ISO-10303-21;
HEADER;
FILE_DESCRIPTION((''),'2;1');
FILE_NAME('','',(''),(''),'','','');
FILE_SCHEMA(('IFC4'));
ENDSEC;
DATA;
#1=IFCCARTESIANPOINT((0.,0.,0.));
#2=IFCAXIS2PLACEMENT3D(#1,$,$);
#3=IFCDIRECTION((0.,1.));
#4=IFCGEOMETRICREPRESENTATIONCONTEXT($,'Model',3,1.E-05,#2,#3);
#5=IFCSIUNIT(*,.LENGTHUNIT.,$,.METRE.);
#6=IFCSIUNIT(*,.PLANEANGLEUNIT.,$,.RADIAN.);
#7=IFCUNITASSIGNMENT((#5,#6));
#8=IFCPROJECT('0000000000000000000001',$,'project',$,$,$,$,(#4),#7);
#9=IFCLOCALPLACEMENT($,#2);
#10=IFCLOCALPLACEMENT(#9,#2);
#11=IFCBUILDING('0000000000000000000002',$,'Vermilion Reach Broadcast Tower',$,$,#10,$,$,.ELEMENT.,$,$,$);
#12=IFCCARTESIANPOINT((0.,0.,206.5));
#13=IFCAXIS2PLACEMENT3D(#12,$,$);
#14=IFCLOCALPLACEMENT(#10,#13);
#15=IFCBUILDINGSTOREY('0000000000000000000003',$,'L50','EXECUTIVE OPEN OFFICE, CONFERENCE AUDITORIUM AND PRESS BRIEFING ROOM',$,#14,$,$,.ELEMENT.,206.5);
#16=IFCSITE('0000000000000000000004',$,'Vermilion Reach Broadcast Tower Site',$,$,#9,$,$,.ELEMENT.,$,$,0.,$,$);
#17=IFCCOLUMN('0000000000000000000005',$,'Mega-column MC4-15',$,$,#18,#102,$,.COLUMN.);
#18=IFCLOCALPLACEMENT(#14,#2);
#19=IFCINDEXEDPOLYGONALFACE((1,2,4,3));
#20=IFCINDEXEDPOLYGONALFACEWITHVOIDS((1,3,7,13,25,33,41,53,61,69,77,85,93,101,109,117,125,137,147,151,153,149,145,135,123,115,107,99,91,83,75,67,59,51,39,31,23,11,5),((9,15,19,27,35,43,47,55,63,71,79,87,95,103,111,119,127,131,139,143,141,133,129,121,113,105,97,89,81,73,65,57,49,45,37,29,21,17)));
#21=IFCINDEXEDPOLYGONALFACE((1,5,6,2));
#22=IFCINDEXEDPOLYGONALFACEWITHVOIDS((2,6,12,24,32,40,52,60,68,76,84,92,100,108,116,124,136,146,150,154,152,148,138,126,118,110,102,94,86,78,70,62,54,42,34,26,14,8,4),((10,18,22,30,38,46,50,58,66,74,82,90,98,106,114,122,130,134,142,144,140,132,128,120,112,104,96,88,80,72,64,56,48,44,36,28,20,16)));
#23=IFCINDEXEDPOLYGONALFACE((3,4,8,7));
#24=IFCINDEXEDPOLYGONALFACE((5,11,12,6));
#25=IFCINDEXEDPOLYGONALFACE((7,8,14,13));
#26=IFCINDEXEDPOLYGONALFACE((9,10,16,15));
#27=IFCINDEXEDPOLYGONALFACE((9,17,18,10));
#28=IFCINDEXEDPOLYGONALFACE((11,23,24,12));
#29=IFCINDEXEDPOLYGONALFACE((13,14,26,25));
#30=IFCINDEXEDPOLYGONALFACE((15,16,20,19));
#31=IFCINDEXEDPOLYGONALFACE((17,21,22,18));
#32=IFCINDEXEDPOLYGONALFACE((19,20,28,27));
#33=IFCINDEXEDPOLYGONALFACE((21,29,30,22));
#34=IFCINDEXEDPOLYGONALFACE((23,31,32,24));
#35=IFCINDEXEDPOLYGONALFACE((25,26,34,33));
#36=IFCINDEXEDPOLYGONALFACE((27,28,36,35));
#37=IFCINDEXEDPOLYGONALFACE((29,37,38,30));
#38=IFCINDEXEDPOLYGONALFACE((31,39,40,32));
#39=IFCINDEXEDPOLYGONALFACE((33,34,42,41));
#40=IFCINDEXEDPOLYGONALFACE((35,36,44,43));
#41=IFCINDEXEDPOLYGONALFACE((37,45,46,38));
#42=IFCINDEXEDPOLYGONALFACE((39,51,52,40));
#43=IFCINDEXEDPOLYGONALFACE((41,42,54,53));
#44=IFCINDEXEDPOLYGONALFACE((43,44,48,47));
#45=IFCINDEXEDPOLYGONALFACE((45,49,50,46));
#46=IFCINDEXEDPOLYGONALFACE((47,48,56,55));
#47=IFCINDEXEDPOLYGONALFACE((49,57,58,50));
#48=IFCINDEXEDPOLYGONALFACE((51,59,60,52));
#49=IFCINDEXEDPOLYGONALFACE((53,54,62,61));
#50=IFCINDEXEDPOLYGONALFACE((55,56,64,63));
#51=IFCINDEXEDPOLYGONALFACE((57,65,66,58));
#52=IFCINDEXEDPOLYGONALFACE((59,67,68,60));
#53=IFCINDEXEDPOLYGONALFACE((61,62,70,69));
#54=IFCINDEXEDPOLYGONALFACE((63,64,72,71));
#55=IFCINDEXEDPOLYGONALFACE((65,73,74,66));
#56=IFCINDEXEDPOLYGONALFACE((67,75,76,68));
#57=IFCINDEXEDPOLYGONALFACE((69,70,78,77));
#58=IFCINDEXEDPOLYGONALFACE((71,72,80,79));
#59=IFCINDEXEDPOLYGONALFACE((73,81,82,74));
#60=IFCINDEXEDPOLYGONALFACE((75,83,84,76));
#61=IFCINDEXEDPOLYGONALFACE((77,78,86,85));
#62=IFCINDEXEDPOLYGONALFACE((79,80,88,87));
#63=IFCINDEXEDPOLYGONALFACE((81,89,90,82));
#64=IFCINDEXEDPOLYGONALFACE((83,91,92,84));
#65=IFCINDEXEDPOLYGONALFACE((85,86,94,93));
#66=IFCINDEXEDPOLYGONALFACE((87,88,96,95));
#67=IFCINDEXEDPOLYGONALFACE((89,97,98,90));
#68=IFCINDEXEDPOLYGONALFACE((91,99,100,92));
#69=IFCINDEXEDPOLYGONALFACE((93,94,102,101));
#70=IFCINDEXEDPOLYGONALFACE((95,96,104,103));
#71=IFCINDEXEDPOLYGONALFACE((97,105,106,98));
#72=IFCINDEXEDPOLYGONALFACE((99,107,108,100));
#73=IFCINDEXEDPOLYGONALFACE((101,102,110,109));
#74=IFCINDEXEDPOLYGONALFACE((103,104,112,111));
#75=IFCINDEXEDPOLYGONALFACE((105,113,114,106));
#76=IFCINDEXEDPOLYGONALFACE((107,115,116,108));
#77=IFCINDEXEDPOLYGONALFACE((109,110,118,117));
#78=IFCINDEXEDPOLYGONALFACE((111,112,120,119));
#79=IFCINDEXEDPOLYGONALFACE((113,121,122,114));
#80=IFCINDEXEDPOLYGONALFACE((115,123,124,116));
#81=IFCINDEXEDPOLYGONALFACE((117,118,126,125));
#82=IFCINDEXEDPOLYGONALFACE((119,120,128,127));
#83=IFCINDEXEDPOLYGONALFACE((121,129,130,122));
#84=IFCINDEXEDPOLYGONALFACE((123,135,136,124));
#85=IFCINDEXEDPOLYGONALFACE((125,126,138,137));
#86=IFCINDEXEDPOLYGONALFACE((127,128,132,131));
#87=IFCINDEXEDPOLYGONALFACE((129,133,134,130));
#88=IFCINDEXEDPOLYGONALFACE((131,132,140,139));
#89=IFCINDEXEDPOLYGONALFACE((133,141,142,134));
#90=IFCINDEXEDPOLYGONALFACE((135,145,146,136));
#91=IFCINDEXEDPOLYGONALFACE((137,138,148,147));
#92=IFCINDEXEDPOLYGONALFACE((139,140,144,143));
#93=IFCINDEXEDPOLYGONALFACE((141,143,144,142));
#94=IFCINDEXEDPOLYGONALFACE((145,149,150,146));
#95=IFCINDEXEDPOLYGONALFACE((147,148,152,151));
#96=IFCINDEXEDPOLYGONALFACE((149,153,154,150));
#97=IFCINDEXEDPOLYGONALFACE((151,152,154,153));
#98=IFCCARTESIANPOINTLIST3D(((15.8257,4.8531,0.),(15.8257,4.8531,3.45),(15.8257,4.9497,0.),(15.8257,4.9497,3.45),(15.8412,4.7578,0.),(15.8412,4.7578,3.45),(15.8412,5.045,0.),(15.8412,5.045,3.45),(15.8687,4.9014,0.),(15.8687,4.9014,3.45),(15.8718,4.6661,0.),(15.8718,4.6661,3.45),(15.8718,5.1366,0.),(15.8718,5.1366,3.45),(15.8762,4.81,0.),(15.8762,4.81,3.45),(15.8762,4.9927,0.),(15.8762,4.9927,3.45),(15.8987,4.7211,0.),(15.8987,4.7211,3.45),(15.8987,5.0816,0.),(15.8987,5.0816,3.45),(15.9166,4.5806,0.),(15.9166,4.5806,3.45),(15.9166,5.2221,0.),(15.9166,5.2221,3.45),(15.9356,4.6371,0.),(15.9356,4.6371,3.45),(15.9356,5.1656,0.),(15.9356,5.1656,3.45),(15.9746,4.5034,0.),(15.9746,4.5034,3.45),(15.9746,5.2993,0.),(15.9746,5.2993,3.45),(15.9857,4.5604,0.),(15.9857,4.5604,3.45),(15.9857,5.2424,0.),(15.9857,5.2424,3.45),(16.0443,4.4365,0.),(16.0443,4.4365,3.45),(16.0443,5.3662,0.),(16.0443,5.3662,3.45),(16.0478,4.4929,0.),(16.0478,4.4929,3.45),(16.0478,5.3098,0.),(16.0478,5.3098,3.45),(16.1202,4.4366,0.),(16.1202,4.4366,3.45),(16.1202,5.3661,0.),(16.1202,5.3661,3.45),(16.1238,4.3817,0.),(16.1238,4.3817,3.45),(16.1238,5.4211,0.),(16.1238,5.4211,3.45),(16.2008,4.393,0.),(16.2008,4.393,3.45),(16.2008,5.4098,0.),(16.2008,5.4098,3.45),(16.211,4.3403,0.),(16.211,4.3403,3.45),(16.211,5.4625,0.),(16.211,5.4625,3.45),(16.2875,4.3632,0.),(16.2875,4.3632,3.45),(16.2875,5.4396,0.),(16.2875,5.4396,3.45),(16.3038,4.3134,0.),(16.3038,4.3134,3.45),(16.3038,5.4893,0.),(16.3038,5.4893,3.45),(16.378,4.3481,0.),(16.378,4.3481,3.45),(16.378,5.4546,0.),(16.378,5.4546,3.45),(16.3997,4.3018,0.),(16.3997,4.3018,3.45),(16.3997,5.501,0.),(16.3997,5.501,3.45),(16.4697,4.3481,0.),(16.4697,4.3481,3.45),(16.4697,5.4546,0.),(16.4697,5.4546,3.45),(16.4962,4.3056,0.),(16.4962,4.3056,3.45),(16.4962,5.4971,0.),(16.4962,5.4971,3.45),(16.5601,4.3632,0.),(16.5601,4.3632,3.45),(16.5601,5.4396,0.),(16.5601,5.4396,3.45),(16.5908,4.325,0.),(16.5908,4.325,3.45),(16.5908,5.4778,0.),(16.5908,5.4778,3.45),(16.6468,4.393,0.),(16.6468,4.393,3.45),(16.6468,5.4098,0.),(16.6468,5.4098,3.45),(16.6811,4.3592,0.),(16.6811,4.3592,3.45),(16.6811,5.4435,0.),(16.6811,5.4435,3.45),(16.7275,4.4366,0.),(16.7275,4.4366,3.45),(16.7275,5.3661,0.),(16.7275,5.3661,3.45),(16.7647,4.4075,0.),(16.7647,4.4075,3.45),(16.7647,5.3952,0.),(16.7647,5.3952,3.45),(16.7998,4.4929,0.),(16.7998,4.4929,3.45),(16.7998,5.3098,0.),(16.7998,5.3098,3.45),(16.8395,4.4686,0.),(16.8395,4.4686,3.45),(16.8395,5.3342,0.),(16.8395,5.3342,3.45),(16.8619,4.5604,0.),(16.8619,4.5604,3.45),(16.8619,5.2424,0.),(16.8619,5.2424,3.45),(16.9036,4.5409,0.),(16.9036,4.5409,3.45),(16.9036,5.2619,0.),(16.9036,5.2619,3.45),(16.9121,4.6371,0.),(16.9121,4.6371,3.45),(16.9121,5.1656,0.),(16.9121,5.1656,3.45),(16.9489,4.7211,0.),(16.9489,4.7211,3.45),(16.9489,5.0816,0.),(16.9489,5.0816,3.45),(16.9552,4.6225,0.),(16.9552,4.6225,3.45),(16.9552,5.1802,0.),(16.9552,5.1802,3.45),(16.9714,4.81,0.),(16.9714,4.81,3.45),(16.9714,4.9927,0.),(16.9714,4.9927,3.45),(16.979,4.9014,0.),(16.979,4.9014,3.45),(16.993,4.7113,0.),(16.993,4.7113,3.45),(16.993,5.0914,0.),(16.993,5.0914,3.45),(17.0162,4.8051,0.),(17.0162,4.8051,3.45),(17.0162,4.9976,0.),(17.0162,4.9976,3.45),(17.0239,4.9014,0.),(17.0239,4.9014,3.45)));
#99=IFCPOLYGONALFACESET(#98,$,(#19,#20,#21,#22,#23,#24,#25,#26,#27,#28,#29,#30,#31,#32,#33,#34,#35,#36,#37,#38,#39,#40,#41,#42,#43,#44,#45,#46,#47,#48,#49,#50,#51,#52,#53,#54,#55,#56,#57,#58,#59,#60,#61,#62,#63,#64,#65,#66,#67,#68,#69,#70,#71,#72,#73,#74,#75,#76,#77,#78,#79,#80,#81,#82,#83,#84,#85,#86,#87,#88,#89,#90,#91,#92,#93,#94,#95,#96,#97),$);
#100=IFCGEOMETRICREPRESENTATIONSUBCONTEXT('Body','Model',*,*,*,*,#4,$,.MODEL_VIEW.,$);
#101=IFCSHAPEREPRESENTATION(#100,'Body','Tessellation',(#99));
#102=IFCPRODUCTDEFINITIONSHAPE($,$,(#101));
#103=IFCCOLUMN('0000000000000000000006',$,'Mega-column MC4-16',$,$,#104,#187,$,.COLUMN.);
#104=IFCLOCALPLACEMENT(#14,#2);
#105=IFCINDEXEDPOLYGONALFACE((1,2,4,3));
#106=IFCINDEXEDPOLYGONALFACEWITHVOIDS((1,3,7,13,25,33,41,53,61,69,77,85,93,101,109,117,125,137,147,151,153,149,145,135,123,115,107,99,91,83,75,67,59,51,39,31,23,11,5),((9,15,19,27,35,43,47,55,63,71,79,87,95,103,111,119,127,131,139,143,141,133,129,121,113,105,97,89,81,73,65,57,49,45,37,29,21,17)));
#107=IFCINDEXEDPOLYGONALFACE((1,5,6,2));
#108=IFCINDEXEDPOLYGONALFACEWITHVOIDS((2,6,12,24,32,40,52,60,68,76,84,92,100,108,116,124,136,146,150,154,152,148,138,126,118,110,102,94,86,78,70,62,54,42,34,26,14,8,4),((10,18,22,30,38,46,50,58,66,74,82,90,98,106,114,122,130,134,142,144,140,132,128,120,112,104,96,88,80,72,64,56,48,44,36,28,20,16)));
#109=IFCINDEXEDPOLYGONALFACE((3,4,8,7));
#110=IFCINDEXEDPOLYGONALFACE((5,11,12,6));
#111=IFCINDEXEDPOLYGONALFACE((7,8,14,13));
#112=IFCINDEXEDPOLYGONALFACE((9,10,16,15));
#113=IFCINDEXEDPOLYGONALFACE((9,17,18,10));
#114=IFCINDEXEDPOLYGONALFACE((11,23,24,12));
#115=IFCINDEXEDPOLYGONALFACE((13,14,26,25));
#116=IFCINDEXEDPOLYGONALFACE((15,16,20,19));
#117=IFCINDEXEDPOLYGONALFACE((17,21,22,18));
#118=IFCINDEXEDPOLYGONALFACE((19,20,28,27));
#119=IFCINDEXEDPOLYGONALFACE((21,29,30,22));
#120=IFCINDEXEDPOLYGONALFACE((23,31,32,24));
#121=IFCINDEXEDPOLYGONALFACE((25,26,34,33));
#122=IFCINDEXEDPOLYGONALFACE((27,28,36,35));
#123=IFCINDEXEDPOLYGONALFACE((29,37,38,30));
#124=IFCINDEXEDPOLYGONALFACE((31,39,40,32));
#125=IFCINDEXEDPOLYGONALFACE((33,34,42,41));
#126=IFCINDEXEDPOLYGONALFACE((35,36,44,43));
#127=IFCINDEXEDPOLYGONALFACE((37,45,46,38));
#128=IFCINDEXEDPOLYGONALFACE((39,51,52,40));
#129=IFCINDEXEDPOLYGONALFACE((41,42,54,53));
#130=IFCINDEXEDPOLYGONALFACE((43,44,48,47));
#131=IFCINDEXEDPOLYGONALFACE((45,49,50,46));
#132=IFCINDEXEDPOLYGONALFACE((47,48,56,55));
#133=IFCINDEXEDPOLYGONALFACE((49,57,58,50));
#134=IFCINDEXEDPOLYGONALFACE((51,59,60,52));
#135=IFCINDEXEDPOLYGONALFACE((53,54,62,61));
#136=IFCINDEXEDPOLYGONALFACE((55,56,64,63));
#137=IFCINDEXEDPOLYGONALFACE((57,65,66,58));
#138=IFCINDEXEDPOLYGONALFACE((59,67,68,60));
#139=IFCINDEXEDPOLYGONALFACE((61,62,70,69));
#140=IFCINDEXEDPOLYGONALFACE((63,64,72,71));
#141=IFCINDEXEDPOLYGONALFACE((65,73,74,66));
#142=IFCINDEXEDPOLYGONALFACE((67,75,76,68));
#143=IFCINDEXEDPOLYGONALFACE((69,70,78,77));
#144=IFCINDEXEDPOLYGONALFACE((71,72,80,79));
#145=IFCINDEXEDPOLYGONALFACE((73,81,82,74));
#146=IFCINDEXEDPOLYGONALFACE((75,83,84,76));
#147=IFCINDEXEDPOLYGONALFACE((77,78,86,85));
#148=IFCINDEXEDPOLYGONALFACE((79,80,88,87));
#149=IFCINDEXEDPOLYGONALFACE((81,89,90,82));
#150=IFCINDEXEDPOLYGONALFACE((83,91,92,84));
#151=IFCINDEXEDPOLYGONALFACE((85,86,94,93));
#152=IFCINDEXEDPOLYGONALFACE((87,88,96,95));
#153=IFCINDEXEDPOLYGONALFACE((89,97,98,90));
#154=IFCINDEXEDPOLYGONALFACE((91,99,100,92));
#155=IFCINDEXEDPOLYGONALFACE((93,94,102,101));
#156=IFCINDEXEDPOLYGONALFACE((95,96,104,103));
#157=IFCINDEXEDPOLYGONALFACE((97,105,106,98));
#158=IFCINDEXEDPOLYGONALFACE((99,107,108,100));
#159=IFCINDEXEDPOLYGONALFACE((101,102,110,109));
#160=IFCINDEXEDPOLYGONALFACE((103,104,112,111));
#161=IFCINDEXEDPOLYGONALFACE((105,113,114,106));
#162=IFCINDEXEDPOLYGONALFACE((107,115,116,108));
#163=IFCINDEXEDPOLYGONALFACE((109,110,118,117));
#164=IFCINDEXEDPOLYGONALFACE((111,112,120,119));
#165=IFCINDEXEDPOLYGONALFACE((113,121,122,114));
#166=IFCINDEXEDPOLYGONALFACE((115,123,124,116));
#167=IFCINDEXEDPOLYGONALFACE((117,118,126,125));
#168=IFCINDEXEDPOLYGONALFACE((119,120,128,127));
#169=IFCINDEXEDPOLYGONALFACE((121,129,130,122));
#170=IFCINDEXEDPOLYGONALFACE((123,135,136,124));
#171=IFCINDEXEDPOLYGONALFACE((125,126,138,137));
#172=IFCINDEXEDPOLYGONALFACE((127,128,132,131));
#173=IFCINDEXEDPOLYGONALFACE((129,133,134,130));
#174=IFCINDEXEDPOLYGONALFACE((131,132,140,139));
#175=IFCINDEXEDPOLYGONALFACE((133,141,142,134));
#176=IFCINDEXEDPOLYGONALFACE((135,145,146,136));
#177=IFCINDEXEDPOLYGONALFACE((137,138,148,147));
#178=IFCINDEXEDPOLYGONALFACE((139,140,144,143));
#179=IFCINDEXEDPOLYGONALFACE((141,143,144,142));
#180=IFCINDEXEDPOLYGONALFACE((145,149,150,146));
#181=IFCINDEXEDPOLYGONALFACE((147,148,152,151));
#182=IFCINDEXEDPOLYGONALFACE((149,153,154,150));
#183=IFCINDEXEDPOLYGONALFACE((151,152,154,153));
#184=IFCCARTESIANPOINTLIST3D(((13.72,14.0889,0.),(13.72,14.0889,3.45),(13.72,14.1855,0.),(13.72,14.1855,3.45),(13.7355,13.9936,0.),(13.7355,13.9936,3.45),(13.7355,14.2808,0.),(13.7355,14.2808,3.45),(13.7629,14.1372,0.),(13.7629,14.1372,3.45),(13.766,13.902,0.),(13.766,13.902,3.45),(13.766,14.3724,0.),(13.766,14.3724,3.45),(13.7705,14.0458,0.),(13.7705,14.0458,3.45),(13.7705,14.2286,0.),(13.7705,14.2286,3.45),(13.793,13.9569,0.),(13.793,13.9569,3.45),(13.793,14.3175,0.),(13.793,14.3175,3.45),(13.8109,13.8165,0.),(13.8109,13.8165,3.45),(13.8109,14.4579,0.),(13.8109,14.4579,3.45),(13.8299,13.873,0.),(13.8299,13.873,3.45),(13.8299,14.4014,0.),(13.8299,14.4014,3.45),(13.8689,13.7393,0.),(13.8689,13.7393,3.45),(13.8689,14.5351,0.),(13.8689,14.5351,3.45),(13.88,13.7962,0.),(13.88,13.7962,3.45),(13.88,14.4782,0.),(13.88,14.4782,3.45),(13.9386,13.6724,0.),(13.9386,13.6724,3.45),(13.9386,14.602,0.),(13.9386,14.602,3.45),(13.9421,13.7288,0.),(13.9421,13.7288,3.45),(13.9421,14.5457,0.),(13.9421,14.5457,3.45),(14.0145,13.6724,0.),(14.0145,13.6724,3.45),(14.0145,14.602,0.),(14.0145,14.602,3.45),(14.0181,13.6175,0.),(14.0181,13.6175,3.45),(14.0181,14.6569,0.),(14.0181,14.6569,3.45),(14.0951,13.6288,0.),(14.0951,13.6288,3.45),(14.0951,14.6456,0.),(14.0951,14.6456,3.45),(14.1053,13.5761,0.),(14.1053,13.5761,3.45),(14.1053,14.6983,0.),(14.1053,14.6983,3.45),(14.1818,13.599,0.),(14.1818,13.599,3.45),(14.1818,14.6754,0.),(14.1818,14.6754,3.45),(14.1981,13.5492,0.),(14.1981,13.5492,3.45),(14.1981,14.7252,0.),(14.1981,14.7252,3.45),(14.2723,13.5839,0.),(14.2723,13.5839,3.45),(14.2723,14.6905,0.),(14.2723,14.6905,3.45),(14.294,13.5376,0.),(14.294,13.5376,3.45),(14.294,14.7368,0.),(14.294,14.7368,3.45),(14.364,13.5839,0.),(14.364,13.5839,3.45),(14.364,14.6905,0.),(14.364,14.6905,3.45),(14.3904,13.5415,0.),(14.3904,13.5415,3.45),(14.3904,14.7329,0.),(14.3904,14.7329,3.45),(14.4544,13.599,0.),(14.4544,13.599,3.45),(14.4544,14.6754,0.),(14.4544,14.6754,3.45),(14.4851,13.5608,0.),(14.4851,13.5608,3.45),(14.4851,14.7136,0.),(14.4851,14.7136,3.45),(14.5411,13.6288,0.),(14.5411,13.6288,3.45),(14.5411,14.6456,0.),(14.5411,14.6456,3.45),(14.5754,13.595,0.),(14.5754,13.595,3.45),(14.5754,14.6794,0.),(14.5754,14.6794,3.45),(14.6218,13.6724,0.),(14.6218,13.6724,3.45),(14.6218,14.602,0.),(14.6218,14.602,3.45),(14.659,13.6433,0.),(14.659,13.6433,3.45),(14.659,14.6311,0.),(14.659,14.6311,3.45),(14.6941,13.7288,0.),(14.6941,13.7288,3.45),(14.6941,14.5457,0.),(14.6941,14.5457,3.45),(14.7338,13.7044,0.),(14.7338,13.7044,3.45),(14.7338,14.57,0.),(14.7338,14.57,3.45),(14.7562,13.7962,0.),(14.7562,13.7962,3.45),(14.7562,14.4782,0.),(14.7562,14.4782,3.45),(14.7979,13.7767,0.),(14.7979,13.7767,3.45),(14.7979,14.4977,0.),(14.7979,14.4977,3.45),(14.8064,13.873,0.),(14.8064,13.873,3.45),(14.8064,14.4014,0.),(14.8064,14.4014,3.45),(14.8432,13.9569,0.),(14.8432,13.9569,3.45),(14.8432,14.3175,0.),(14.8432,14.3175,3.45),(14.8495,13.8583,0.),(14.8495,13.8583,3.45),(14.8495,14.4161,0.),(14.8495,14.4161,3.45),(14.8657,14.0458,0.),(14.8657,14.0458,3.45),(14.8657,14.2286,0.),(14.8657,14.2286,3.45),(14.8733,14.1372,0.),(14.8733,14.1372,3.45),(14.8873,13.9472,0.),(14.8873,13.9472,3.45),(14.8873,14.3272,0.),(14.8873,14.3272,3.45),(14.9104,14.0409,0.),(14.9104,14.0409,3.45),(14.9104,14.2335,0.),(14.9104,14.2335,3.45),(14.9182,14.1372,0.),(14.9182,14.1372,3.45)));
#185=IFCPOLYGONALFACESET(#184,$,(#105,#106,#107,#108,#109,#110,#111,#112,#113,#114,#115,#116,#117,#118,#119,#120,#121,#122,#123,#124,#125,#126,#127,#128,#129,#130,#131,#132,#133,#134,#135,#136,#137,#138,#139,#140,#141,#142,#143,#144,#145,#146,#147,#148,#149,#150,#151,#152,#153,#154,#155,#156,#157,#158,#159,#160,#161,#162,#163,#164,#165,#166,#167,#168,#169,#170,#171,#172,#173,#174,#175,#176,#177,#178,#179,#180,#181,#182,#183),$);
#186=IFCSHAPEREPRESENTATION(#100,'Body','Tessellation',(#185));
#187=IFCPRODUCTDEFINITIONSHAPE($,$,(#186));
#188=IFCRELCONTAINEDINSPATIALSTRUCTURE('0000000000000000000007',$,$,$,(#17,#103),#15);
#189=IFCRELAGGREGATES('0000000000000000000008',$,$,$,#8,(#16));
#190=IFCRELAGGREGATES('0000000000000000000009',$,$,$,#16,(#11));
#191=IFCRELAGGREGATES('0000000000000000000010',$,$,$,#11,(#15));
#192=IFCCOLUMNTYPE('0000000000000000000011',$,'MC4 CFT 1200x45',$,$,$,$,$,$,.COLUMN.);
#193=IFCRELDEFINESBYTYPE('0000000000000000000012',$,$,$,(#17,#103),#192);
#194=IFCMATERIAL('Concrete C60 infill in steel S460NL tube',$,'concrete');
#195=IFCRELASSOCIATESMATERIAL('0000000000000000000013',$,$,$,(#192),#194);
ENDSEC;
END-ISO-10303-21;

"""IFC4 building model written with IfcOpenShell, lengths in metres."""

from ifc_helpers import new_model, si_unit, direction, frame, origin, origin_2d, place, context, subcontext, project, spatial, hollow_circle, extrude, material, material_profile, profile_set, type_object, element, save


model = new_model("IFC4")

# Units and contexts
model_context = context("Model", 3, precision=1e-05, world=origin(), true_north=direction((0.0, 1.0)))
body_context = subcontext(model_context, "Body", "Model", "MODEL_VIEW")
ifc_project = project(units=[si_unit("LENGTHUNIT", "METRE"), si_unit("PLANEANGLEUNIT", "RADIAN")], contexts=[model_context])

# Site, building, storey
site_placement = place(None, origin())
site = spatial("IfcSite", under=ifc_project, at=site_placement, Name="Vermilion Reach Broadcast Tower Site", CompositionType="ELEMENT", RefElevation=0.0)
building_placement = place(site_placement, origin())
building = spatial("IfcBuilding", under=site, at=building_placement, Name="Vermilion Reach Broadcast Tower", CompositionType="ELEMENT")
storey_placement = place(building_placement, frame((0.0, 0.0, 206.5)))
storey = spatial("IfcBuildingStorey", under=building, at=storey_placement, Name="L50", Description="EXECUTIVE OPEN OFFICE, CONFERENCE AUDITORIUM AND PRESS BRIEFING ROOM", CompositionType="ELEMENT", Elevation=206.5)

# Columns
ifc_material_1 = material(Name="Concrete C60 infill in steel S460NL tube", Category="concrete")
ifc_material_profile_1 = material_profile(ifc_material_1, hollow_circle(Radius=0.6001, WallThickness=0.0449, at=origin_2d()), Name="Concrete C60 infill in steel S460NL tube CFT 1200x45")
ifc_profile_set_1 = profile_set([ifc_material_profile_1], Name="Concrete C60 infill in steel S460NL tube")
column_type = type_object("IfcColumnType", Name="MC4 CFT 1200x45", PredefinedType="COLUMN", material=ifc_profile_set_1)
for number, where, z_axis, x_axis, name in (
    (1, (16.4238, 4.9014, 0.0), (0.0, 0.0, 1.0), (1.0, 0.0, 0.0), "Mega-column MC4-15"),
    (2, (14.3181, 14.1372, 0.0), (0.0, 0.0, 1.0), (1.0, 0.0, 0.0), "Mega-column MC4-16"),
):
    element("IfcColumn", number, at=place(storey_placement, frame(where, z_axis=z_axis, x_axis=x_axis)), inside=storey, type_object=column_type, Name=name, PredefinedType="COLUMN", context=body_context, shape_type="SweptSolid", body=[
        extrude(hollow_circle(Radius=0.6001, WallThickness=0.0449, at=origin_2d()), origin(), (0.0, 0.0, 1.0), 3.45),
    ])

save(model, "model.ifc")
